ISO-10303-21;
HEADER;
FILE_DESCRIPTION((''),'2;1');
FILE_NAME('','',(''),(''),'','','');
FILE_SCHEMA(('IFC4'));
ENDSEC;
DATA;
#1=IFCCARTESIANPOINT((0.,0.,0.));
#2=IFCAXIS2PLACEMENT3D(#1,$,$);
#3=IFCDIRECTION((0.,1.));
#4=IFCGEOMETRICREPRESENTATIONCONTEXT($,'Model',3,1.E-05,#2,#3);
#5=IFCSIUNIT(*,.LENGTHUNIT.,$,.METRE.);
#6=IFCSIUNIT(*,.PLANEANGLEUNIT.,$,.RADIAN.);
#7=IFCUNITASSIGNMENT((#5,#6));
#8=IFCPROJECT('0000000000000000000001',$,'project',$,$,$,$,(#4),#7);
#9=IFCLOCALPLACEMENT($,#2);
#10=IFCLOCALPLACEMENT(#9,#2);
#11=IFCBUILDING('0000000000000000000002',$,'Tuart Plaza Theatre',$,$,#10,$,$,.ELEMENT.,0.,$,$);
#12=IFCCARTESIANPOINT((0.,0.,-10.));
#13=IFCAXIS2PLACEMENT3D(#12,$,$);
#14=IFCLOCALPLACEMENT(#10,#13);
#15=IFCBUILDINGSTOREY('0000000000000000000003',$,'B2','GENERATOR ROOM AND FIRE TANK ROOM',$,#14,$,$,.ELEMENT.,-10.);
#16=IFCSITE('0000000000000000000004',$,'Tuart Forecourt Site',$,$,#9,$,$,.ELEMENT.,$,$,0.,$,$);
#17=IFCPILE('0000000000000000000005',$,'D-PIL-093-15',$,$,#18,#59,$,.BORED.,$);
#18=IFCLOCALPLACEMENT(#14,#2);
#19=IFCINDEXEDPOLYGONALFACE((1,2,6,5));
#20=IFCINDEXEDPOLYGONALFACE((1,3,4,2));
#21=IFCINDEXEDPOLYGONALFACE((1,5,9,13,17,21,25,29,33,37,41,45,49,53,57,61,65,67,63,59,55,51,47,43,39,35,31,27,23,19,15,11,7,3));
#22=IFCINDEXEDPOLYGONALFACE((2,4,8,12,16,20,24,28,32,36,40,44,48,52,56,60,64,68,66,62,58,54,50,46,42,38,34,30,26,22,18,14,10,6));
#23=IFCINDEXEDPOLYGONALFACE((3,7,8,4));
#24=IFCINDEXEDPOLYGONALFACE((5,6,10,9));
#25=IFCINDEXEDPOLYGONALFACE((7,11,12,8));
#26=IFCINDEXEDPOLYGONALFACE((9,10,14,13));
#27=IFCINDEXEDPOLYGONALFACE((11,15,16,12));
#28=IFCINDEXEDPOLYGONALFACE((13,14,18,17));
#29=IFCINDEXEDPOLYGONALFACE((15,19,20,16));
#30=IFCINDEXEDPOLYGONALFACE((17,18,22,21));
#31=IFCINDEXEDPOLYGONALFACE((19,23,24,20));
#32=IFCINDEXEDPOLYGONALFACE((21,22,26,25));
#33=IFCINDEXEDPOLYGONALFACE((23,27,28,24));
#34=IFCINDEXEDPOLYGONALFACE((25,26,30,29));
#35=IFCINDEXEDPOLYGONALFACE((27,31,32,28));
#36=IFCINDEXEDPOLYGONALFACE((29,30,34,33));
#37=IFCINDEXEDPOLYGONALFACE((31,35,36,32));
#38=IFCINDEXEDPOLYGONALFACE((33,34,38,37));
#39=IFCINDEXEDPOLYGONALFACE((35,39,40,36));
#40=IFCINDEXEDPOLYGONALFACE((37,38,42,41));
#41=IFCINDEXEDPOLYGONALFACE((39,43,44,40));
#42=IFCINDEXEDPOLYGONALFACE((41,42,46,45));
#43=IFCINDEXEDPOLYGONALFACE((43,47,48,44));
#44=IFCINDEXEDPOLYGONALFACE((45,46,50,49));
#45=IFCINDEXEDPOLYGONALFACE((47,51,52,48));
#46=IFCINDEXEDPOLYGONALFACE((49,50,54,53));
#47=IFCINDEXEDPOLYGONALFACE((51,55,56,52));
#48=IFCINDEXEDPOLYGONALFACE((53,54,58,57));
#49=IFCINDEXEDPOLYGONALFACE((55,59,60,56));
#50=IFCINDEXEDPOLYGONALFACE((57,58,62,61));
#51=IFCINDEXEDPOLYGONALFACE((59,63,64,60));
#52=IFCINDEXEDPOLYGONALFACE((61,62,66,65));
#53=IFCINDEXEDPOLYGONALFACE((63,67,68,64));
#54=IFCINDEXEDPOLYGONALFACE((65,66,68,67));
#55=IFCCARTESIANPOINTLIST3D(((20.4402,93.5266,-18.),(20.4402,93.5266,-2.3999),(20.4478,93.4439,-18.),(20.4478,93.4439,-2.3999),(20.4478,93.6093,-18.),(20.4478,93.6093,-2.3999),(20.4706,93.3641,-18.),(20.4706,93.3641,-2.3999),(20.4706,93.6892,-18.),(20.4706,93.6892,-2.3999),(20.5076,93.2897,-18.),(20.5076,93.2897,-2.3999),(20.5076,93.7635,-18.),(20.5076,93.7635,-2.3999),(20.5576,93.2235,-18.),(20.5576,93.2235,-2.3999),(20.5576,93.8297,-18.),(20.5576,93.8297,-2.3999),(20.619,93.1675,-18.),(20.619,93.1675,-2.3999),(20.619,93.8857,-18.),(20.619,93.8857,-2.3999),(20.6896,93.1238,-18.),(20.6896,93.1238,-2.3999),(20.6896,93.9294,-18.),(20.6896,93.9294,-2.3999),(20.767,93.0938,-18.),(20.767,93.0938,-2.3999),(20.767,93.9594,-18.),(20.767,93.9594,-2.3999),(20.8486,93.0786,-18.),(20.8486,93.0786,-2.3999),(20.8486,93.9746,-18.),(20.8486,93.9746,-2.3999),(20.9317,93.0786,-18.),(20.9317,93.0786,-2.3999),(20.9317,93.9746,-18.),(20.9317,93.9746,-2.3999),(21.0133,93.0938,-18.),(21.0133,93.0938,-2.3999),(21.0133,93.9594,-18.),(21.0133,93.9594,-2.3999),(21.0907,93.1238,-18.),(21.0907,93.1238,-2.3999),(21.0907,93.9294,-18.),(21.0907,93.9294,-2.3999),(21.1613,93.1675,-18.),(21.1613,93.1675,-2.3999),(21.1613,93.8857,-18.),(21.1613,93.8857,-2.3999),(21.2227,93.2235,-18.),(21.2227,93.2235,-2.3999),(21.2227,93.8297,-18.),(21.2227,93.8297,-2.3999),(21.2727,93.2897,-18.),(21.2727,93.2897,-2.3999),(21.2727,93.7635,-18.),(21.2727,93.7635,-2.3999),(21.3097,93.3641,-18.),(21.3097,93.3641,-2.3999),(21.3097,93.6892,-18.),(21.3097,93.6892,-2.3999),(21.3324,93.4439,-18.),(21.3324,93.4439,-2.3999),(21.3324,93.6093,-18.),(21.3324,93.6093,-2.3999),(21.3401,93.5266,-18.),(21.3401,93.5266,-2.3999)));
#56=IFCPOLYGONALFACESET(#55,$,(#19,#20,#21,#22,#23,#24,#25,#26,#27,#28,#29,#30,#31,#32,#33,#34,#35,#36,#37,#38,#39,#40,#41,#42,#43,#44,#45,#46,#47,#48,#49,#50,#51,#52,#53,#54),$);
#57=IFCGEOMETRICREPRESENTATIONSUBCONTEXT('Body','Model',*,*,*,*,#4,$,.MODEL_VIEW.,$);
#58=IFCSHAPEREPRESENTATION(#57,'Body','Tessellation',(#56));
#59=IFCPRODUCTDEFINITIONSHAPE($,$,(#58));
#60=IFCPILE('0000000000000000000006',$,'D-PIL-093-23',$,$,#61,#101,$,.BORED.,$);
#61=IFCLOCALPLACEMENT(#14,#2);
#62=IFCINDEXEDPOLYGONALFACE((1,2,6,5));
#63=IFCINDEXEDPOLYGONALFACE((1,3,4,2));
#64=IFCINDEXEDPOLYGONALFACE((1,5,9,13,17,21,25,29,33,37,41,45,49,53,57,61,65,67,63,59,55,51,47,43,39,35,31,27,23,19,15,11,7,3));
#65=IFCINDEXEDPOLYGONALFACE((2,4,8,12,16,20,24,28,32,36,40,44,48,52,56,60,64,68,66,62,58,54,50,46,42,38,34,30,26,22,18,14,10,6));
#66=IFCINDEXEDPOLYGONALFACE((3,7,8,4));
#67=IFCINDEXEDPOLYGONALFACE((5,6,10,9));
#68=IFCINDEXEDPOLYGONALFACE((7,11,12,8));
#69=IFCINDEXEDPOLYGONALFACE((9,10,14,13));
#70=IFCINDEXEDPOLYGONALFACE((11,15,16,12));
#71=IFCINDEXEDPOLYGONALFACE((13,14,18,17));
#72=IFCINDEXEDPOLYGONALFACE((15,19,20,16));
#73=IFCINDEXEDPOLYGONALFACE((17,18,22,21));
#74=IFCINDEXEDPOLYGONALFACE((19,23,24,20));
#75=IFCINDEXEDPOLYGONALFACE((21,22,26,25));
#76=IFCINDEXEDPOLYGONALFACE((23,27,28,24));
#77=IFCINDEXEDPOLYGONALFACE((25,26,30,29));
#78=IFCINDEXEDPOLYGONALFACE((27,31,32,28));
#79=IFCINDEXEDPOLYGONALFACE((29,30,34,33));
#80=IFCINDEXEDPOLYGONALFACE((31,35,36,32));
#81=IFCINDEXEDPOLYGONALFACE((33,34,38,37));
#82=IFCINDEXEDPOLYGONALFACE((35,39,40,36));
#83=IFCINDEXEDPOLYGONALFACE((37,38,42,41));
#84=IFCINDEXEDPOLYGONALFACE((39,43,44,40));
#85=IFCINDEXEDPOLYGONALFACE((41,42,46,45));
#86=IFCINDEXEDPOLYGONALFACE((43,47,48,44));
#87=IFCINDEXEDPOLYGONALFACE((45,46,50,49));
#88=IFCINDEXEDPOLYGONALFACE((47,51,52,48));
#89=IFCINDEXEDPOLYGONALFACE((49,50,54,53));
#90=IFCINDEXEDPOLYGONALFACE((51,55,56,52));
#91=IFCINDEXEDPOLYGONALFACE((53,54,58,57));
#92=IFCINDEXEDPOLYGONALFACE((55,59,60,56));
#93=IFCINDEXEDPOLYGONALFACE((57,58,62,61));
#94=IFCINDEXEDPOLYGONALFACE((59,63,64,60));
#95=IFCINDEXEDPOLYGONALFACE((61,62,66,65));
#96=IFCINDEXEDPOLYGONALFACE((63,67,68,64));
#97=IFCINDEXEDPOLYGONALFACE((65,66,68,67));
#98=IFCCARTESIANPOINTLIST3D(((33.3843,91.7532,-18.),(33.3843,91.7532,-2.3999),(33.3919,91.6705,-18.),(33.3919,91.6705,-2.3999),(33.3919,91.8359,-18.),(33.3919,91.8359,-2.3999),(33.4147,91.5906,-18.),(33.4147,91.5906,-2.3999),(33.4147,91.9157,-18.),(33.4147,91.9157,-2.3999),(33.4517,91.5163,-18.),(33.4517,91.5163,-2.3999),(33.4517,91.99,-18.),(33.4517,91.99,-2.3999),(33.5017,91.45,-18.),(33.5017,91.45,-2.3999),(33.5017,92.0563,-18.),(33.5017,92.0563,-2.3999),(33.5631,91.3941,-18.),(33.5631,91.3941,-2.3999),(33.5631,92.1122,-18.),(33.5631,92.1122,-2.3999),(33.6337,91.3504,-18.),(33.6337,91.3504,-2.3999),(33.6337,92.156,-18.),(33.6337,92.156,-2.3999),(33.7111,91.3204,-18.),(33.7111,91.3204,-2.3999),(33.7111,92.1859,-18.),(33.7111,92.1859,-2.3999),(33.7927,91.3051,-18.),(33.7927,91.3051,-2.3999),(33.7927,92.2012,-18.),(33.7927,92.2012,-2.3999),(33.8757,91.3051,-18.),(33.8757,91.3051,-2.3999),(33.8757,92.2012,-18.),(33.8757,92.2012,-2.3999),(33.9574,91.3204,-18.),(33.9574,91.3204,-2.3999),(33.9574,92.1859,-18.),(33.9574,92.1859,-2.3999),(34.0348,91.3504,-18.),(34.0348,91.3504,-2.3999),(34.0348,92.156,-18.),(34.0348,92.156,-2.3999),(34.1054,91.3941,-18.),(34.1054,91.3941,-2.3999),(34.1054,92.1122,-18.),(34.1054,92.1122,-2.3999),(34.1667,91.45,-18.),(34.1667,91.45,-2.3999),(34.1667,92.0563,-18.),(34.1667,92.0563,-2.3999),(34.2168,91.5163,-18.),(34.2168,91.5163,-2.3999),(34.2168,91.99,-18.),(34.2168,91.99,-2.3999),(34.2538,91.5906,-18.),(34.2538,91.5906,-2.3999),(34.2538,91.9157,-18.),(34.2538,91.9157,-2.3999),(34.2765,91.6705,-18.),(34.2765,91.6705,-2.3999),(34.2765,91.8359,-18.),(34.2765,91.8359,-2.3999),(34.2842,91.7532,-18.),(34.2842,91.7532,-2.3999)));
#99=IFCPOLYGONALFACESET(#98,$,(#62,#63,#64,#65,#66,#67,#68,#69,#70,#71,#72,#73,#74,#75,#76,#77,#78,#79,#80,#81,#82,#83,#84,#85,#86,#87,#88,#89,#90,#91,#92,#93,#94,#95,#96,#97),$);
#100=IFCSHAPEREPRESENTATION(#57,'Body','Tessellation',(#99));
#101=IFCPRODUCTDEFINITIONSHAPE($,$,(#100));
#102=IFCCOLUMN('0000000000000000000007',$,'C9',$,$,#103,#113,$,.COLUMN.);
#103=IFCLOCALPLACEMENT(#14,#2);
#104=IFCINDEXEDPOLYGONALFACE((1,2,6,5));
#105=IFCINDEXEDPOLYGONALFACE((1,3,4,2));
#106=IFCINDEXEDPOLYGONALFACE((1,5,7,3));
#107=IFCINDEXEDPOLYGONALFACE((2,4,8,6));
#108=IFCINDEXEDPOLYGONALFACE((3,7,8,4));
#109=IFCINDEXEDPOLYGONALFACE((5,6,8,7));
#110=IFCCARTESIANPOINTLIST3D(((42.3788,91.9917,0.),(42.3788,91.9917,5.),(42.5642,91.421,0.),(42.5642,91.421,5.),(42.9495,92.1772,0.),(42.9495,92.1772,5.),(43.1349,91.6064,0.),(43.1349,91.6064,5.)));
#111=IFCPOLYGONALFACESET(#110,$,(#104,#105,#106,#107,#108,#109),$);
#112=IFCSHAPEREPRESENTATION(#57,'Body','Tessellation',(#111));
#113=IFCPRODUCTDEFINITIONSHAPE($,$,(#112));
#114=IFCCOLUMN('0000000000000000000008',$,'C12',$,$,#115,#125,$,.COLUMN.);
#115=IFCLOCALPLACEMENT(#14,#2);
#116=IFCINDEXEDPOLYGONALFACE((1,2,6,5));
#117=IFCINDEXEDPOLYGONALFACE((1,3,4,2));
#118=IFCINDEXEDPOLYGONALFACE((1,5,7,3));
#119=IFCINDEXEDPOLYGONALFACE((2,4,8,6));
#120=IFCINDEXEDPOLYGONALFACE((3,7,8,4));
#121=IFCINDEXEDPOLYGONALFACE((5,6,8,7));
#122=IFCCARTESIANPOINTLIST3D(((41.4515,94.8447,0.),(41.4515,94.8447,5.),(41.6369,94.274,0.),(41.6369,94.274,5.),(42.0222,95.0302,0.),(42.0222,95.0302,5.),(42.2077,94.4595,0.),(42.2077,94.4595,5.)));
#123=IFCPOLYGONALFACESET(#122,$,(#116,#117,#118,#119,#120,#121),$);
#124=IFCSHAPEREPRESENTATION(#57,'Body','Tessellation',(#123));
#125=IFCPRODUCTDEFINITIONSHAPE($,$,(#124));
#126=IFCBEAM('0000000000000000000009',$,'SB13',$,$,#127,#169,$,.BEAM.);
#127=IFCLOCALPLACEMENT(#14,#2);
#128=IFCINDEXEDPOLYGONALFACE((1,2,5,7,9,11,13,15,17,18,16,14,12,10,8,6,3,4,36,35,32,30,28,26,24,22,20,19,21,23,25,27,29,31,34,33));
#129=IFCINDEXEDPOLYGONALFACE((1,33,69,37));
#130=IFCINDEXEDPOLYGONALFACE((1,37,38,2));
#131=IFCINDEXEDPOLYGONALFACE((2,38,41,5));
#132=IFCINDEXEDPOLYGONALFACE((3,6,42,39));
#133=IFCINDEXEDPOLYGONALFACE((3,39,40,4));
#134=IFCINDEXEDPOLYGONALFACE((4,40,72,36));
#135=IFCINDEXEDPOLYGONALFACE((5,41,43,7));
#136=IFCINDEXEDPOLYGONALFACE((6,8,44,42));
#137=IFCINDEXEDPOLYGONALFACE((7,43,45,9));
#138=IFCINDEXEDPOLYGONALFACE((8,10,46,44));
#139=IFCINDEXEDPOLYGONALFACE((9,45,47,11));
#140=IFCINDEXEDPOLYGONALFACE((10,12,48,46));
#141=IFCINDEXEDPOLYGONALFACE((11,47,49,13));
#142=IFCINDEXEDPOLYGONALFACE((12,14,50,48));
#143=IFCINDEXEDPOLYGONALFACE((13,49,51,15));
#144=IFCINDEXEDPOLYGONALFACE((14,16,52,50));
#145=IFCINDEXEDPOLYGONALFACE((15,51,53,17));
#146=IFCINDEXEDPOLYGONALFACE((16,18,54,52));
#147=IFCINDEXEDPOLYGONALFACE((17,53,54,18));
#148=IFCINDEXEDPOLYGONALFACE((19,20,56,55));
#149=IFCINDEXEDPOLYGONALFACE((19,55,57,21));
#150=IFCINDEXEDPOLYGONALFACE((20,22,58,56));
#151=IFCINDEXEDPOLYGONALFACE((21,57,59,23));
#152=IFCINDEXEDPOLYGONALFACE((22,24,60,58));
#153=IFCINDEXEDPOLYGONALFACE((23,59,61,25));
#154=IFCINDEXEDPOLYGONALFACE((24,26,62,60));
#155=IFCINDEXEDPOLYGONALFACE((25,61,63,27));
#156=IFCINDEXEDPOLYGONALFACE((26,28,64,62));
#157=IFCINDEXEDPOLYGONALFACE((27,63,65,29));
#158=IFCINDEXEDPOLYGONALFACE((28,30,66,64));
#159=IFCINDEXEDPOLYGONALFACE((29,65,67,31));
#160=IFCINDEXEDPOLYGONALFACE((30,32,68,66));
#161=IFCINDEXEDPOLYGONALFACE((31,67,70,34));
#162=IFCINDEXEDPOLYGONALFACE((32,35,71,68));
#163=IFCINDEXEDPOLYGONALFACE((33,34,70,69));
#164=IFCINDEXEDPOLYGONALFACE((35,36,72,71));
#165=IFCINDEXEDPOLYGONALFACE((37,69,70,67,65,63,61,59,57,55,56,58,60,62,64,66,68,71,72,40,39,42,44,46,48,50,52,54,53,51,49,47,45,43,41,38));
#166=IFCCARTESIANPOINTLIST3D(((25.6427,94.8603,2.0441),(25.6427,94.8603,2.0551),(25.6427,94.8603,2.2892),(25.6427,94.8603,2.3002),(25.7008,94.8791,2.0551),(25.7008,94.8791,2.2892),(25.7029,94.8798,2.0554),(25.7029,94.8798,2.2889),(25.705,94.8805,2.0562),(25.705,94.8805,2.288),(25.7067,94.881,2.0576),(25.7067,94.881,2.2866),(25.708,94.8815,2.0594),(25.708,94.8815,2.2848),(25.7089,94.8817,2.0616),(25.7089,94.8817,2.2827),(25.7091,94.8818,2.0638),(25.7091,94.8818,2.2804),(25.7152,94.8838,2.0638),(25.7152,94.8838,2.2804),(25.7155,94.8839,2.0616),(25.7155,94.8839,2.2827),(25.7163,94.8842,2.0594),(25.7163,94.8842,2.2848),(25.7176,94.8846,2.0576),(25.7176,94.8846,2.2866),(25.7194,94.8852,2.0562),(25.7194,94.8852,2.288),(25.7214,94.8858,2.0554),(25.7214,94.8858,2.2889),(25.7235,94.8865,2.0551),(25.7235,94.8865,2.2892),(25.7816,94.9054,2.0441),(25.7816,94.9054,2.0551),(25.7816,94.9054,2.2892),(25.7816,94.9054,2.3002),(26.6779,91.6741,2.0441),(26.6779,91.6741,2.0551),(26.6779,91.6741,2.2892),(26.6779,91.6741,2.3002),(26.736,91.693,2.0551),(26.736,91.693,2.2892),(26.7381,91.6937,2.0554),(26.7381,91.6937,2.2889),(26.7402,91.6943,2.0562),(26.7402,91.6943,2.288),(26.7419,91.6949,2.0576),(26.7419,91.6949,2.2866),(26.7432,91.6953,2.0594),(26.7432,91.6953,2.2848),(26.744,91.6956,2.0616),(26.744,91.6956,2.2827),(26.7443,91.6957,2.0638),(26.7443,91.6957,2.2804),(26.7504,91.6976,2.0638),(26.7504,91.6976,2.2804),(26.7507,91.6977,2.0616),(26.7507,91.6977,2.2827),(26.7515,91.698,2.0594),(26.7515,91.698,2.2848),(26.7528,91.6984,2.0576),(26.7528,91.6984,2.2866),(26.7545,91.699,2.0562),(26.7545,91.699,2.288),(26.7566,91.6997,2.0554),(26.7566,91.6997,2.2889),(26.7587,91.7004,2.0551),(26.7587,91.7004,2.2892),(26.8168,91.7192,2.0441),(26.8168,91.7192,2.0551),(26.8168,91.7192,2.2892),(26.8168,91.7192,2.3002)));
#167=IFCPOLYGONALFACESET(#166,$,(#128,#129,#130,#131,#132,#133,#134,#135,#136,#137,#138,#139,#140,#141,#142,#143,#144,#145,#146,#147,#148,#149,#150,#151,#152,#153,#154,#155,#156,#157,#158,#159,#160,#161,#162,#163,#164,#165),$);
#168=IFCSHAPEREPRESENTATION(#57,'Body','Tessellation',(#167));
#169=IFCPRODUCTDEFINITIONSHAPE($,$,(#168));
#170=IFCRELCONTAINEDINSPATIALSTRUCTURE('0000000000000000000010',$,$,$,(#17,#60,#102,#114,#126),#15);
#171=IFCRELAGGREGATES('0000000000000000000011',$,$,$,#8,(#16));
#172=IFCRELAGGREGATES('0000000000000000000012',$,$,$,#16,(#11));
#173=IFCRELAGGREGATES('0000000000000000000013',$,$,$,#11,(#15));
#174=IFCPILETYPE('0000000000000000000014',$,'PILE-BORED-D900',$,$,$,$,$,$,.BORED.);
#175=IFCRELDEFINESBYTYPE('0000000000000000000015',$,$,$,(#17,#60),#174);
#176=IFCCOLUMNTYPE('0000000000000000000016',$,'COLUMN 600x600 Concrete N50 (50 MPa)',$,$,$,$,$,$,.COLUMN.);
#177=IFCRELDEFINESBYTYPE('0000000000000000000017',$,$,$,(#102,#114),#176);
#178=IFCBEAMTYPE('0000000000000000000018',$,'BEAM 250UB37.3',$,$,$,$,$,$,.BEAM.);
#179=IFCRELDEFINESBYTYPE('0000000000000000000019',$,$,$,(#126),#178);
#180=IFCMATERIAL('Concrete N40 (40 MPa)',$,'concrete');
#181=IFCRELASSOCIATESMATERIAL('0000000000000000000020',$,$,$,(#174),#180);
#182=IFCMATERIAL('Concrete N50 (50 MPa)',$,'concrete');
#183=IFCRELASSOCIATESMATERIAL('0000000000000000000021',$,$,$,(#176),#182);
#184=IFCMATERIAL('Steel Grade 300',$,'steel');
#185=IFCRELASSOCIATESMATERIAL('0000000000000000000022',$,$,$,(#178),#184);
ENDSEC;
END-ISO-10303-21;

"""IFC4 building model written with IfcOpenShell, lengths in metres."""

from ifc_helpers import new_model, si_unit, direction, frame, origin, origin_2d, place, context, subcontext, project, spatial, rectangle, circle, i_section, extrude, material, material_profile, profile_set, type_object, element, save


model = new_model("IFC4")

# Units and contexts
model_context = context("Model", 3, precision=1e-05, world=origin(), true_north=direction((0.0, 1.0)))
body_context = subcontext(model_context, "Body", "Model", "MODEL_VIEW")
ifc_project = project(units=[si_unit("LENGTHUNIT", "METRE"), si_unit("PLANEANGLEUNIT", "RADIAN")], contexts=[model_context])

# Site, building, storey
site_placement = place(None, origin())
site = spatial("IfcSite", under=ifc_project, at=site_placement, Name="Tuart Forecourt Site", CompositionType="ELEMENT", RefElevation=0.0)
building_placement = place(site_placement, origin())
building = spatial("IfcBuilding", under=site, at=building_placement, Name="Tuart Plaza Theatre", CompositionType="ELEMENT", ElevationOfRefHeight=0.0)
storey_placement = place(building_placement, frame((0.0, 0.0, -10.0)))
storey = spatial("IfcBuildingStorey", under=building, at=storey_placement, Name="B2", Description="GENERATOR ROOM AND FIRE TANK ROOM", CompositionType="ELEMENT", Elevation=-10.0)

# Piles
ifc_material_1 = material(Name="Concrete N40 (40 MPa)", Category="concrete")
ifc_material_profile_1 = material_profile(ifc_material_1, circle(Radius=0.45, at=origin_2d()), Name="PILE-BORED-D900")
ifc_profile_set_1 = profile_set([ifc_material_profile_1], Name="Concrete N40 (40 MPa)")
pile_type_1 = type_object("IfcPileType", Name="PILE-BORED-D900", PredefinedType="BORED", material=ifc_profile_set_1)
for number, where, z_axis, x_axis, name in (
    (1, (20.8901, 93.5266, -2.3999), (0.0, 0.0, -1.0), (1.0, 0.0, 0.0), "D-PIL-093-15"),
    (2, (33.8342, 91.7532, -2.3999), (0.0, 0.0, -1.0), (1.0, 0.0, 0.0), "D-PIL-093-23"),
):
    element("IfcPile", number, at=place(storey_placement, frame(where, z_axis=z_axis, x_axis=x_axis)), inside=storey, type_object=pile_type_1, Name=name, PredefinedType="BORED", context=body_context, shape_type="SweptSolid", body=[
        extrude(circle(Radius=0.45, at=origin_2d()), origin(), (0.0, 0.0, 1.0), 15.6001),
    ])

# Columns
ifc_material_2 = material(Name="Concrete N50 (50 MPa)", Category="concrete")
ifc_material_profile_2 = material_profile(ifc_material_2, rectangle(XDim=0.6001, YDim=0.6001, at=origin_2d()), Name="COLUMN 600x600 Concrete N50 (50 MPa)")
ifc_profile_set_2 = profile_set([ifc_material_profile_2], Name="Concrete N50 (50 MPa)")
column_type = type_object("IfcColumnType", Name="COLUMN 600x600 Concrete N50 (50 MPa)", PredefinedType="COLUMN", material=ifc_profile_set_2)
for number, where, z_axis, x_axis, name in (
    (3, (42.7568, 91.7991, 0.0), (0.0, 0.0, 1.0), (0.951057, 0.309017, 0.0), "C9"),
    (4, (41.8296, 94.6521, 0.0), (0.0, 0.0, 1.0), (0.951057, 0.309017, 0.0), "C12"),
):
    element("IfcColumn", number, at=place(storey_placement, frame(where, z_axis=z_axis, x_axis=x_axis)), inside=storey, type_object=column_type, Name=name, PredefinedType="COLUMN", context=body_context, shape_type="SweptSolid", body=[
        extrude(rectangle(XDim=0.6001, YDim=0.6001, at=origin_2d()), origin(), (0.0, 0.0, 1.0), 5.0),
    ])

# Beam
ifc_material_3 = material(Name="Steel Grade 300", Category="steel")
ifc_material_profile_3 = material_profile(ifc_material_3, i_section(OverallWidth=0.146, OverallDepth=0.2561, WebThickness=0.0063, FlangeThickness=0.011, FilletRadius=0.0088, at=origin_2d()), Name="250UB37.3")
ifc_profile_set_3 = profile_set([ifc_material_profile_3], Name="Steel Grade 300")
beam_type = type_object("IfcBeamType", Name="BEAM 250UB37.3", PredefinedType="BEAM", material=ifc_profile_set_3)
for number, where, z_axis, x_axis, name in (
    (5, (25.7122, 94.8828, 2.1721), (0.309004, -0.951061, 0.0), (0.951061, 0.309004, 0.0), "SB13"),
):
    element("IfcBeam", number, at=place(storey_placement, frame(where, z_axis=z_axis, x_axis=x_axis)), inside=storey, type_object=beam_type, Name=name, PredefinedType="BEAM", context=body_context, shape_type="SweptSolid", body=[
        extrude(i_section(OverallWidth=0.146, OverallDepth=0.2561, WebThickness=0.0063, FlangeThickness=0.011, FilletRadius=0.0088, at=origin_2d()), origin(), (0.0, 0.0, 1.0), 3.3501),
    ])

save(model, "model.ifc")
